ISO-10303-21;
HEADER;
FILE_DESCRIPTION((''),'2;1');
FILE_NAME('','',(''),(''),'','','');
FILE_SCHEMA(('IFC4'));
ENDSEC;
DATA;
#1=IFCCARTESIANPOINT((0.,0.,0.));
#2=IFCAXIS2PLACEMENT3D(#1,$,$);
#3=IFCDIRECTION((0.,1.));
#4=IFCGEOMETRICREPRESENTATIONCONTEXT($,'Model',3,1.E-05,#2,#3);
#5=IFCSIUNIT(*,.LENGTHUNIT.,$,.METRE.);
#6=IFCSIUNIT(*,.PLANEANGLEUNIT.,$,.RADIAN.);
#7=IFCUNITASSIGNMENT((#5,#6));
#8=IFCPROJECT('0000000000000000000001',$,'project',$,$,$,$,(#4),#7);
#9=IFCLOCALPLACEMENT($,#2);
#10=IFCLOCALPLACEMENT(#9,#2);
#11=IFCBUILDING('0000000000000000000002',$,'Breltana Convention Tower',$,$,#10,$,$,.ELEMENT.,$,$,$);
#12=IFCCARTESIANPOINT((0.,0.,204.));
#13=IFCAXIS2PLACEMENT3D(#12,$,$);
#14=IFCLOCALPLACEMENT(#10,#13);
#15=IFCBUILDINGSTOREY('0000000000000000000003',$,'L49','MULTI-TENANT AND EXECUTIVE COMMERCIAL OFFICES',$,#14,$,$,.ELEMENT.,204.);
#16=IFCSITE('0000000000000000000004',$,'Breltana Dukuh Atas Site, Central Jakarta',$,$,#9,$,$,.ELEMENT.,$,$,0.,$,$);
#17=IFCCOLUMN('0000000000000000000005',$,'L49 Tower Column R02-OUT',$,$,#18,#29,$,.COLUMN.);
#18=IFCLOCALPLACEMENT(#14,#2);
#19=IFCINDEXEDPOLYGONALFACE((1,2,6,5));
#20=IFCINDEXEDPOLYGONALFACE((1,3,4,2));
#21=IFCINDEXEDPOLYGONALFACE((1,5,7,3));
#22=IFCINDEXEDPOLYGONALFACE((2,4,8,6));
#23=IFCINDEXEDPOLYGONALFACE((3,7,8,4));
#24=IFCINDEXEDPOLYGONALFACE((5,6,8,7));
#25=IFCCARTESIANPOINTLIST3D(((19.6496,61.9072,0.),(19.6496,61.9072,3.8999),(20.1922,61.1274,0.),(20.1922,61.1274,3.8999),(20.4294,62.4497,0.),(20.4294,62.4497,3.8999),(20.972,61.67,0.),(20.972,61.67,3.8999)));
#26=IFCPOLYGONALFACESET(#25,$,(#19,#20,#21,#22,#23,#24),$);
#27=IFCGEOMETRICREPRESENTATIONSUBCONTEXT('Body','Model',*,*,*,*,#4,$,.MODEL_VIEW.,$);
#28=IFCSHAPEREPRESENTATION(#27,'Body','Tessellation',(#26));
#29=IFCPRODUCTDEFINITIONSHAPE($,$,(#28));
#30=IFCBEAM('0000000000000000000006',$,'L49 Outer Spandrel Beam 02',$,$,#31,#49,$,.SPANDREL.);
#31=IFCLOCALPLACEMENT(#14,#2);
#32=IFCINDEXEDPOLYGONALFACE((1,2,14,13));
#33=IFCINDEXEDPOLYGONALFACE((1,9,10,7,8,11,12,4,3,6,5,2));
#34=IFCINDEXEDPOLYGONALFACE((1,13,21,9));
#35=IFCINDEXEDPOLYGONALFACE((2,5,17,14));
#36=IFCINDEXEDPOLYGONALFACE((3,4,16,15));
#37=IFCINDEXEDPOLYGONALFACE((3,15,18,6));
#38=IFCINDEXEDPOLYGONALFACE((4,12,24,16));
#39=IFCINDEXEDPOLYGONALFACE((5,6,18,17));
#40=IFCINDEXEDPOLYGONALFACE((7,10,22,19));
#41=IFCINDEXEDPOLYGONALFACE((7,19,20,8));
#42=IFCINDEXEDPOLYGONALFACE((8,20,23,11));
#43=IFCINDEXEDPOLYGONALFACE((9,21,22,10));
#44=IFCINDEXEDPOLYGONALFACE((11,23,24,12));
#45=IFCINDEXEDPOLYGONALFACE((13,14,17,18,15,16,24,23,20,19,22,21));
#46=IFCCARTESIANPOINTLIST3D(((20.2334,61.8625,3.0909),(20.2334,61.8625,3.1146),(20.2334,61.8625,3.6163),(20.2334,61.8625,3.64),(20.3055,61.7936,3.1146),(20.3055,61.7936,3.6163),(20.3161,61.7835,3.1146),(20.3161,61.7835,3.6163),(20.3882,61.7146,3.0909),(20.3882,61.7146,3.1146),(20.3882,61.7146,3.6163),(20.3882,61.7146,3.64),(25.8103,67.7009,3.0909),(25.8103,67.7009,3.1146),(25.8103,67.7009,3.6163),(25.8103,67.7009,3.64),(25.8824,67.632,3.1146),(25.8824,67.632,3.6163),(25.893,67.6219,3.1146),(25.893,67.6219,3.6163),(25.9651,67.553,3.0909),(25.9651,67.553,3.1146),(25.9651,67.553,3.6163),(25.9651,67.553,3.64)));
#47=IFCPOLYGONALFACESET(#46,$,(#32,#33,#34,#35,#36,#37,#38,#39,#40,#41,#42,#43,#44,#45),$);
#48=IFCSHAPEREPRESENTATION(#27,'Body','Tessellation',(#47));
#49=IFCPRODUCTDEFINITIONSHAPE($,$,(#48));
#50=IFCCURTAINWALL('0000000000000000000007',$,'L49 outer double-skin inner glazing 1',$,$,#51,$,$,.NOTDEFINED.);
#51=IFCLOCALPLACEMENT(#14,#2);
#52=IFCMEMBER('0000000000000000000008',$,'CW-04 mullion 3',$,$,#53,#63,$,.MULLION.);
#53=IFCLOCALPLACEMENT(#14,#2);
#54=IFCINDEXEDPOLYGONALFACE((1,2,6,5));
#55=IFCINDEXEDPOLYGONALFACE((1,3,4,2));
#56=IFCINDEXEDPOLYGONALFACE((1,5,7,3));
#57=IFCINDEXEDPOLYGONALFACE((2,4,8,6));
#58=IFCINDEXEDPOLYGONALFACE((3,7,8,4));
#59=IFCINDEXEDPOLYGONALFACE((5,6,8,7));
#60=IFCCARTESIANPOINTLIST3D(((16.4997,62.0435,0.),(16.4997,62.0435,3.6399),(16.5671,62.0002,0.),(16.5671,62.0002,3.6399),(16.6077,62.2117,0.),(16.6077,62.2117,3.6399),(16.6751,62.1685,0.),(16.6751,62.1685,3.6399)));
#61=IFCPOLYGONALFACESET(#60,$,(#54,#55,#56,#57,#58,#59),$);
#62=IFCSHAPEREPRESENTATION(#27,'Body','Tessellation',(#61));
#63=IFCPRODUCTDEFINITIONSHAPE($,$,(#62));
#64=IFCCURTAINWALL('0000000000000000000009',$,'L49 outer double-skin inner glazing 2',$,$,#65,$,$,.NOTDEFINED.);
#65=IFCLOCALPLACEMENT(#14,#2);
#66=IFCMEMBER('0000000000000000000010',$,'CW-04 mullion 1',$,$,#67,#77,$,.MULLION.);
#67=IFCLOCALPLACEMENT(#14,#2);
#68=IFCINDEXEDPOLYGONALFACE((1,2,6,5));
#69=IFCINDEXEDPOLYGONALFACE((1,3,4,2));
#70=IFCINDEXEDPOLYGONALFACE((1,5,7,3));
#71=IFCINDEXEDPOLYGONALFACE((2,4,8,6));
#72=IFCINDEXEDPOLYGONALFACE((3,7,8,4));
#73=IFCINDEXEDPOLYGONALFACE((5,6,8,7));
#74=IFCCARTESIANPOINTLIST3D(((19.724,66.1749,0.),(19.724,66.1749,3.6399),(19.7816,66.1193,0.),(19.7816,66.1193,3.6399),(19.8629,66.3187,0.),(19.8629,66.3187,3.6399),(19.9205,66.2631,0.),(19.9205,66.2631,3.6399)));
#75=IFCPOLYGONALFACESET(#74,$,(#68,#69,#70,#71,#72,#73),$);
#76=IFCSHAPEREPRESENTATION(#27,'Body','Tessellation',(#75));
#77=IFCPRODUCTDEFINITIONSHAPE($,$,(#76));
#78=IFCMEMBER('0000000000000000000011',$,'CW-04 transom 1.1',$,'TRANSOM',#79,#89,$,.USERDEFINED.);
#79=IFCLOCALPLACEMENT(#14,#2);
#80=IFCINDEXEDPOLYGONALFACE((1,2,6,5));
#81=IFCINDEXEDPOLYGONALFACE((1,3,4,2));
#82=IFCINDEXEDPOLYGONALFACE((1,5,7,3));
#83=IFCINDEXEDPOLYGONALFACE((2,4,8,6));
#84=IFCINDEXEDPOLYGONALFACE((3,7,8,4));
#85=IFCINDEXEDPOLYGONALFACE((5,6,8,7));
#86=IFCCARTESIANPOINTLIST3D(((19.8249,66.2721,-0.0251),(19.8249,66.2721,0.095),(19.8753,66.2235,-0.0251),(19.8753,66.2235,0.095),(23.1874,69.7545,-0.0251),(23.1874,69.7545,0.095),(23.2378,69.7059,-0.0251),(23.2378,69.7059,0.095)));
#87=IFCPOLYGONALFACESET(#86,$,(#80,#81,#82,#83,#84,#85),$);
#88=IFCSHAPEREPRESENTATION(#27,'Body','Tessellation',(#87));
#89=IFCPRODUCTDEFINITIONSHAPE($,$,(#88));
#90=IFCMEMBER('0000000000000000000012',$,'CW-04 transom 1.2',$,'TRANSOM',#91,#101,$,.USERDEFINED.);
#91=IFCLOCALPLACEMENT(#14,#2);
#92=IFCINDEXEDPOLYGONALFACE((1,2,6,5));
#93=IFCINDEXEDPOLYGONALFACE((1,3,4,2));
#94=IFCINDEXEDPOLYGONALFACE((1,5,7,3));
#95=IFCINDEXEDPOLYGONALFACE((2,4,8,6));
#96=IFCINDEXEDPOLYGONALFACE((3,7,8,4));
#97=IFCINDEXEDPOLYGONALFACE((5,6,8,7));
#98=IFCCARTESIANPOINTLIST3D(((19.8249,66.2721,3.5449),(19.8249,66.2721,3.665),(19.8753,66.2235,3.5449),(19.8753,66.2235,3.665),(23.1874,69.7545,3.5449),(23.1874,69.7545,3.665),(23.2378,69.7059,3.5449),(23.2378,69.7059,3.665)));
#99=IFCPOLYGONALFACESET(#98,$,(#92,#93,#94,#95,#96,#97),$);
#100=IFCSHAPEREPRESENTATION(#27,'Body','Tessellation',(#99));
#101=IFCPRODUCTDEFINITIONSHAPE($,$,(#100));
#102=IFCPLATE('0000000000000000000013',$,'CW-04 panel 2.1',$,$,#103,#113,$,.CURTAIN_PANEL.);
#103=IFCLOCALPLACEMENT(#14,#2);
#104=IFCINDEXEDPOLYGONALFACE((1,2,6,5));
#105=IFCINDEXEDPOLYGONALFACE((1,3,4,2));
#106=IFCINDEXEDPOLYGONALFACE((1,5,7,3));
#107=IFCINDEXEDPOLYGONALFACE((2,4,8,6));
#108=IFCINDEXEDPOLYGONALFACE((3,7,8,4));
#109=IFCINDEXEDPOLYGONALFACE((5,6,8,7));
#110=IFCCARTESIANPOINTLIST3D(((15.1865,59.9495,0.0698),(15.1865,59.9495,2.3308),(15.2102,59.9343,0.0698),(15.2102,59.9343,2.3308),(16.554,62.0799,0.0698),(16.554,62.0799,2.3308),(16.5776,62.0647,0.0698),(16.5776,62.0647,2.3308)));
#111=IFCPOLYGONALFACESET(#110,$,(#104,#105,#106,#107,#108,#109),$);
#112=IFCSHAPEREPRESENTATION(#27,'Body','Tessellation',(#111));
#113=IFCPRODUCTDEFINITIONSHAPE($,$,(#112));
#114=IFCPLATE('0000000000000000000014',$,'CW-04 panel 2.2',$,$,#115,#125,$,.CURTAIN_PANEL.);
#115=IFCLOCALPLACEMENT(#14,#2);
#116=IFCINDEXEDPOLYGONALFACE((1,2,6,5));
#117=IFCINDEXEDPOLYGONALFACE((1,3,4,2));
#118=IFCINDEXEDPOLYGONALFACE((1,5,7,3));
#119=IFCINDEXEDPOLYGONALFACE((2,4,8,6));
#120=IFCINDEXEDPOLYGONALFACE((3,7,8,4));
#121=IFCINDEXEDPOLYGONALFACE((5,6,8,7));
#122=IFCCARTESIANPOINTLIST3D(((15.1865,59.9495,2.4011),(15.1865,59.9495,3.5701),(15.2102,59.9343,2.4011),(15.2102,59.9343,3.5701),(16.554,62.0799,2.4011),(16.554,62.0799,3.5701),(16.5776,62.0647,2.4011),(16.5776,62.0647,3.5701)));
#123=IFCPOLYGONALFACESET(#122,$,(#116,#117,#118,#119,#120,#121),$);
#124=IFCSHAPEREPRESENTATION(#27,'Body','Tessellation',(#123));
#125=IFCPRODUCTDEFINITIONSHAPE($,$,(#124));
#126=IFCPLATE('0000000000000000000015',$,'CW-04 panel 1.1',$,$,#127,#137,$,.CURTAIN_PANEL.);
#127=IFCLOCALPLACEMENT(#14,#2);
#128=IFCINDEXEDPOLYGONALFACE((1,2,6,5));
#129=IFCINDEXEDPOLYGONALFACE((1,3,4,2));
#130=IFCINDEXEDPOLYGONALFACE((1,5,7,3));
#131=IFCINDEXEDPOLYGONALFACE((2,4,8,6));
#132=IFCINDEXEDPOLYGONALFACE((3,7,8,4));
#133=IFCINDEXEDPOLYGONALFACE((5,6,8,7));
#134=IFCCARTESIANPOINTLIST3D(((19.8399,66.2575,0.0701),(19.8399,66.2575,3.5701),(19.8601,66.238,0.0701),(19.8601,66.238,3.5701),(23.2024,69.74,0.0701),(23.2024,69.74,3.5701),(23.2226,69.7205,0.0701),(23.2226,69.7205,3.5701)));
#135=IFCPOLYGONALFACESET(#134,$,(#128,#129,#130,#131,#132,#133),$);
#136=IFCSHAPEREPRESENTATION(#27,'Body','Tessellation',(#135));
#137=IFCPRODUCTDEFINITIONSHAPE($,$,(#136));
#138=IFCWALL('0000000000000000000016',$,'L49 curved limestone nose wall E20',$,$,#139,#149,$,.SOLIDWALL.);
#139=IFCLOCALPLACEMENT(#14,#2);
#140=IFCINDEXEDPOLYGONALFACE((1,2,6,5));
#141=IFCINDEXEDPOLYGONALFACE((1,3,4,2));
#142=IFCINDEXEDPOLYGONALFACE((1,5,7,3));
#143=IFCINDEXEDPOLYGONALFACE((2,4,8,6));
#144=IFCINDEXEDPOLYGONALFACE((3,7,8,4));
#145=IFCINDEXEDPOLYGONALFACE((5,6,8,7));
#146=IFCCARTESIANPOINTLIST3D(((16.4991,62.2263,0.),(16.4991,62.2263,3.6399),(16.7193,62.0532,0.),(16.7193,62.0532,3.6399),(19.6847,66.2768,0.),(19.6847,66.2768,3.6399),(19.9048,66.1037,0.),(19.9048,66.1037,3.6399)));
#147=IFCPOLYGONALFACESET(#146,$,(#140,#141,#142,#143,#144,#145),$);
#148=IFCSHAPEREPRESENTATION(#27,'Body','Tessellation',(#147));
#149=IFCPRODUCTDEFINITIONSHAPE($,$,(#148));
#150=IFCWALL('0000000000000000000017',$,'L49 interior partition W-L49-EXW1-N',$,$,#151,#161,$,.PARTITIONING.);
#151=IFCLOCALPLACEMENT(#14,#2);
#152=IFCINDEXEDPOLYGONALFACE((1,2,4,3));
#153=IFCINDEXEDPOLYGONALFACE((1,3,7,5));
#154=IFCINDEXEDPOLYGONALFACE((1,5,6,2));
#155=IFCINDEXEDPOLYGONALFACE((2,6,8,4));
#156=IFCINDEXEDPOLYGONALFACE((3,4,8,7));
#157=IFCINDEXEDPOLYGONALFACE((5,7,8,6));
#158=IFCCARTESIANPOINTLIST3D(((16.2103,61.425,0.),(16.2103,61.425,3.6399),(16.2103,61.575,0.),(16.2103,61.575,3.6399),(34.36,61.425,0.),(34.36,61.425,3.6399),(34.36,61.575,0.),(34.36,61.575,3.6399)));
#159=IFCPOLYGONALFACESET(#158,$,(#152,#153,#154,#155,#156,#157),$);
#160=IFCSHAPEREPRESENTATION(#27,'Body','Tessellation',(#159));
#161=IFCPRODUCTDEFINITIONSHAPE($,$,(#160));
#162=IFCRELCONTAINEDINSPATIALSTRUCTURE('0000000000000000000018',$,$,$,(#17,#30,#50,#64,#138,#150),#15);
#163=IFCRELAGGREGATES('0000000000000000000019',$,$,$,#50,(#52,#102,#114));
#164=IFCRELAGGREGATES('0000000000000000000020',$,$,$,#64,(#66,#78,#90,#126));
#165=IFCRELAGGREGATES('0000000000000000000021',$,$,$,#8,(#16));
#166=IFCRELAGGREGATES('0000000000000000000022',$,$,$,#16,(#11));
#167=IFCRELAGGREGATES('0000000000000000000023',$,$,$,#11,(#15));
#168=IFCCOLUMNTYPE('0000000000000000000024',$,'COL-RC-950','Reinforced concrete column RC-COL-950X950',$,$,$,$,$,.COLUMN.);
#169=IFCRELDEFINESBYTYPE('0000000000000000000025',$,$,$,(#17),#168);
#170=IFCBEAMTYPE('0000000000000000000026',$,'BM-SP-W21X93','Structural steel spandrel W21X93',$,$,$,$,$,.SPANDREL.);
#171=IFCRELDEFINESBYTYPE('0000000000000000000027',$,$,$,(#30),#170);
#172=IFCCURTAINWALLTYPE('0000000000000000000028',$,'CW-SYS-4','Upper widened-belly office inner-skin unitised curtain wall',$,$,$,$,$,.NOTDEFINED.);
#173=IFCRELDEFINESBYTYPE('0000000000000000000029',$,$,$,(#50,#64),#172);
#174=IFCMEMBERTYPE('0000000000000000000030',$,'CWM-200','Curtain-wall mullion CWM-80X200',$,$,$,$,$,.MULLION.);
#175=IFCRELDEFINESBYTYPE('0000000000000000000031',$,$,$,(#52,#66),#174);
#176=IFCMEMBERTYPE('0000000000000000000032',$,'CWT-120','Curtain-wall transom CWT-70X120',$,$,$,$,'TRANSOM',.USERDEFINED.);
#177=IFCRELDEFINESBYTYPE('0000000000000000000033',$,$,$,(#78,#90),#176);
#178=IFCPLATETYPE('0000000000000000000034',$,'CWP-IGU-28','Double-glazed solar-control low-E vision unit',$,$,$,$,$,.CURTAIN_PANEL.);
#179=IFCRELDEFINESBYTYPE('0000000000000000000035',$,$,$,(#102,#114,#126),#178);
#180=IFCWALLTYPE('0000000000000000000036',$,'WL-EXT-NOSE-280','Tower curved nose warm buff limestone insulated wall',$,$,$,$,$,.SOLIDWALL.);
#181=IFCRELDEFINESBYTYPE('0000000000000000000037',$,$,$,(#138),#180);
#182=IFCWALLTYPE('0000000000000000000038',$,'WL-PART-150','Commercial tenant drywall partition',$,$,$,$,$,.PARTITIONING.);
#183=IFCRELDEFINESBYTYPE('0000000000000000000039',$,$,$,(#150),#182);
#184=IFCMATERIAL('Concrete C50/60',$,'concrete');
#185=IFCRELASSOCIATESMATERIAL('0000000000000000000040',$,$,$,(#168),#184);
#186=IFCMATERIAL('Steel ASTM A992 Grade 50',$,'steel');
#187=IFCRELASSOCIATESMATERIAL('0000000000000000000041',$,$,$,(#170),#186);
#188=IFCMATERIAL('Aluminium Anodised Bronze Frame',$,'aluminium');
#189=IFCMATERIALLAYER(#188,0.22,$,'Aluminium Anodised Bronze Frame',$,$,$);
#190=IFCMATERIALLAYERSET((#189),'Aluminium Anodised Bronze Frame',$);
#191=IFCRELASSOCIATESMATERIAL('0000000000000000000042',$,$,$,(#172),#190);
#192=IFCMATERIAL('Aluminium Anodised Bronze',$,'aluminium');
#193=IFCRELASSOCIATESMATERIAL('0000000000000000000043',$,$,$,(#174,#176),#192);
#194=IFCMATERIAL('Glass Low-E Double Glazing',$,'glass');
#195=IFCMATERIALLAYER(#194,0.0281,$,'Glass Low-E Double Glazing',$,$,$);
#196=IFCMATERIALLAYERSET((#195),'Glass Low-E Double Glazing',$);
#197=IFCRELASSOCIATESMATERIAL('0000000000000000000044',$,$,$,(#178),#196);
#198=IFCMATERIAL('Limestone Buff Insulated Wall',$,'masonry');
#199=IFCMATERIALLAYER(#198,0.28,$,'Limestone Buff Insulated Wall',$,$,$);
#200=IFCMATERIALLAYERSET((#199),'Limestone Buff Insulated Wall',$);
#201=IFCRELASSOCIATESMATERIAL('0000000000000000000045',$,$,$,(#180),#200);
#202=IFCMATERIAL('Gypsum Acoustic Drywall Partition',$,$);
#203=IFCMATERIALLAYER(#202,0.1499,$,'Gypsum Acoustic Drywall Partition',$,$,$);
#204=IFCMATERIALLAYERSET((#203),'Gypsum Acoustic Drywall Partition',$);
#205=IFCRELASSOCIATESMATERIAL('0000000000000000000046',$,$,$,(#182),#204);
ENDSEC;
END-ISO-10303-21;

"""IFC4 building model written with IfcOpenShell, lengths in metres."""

from ifc_helpers import new_model, si_unit, direction, frame, frame_2d, origin, origin_2d, place, context, subcontext, project, spatial, rectangle, i_section, extrude, source, transform, mapped, material, layer, layer_set, material_profile, profile_set, type_object, element, aggregate, save


model = new_model("IFC4")

# Units and contexts
model_context = context("Model", 3, precision=1e-05, world=origin(), true_north=direction((0.0, 1.0)))
body_context = subcontext(model_context, "Body", "Model", "MODEL_VIEW")
ifc_project = project(units=[si_unit("LENGTHUNIT", "METRE"), si_unit("PLANEANGLEUNIT", "RADIAN")], contexts=[model_context])

# Site, building, storey
site_placement = place(None, origin())
site = spatial("IfcSite", under=ifc_project, at=site_placement, Name="Breltana Dukuh Atas Site, Central Jakarta", CompositionType="ELEMENT", RefElevation=0.0)
building_placement = place(site_placement, origin())
building = spatial("IfcBuilding", under=site, at=building_placement, Name="Breltana Convention Tower", CompositionType="ELEMENT")
storey_placement = place(building_placement, frame((0.0, 0.0, 204.0)))
storey = spatial("IfcBuildingStorey", under=building, at=storey_placement, Name="L49", Description="MULTI-TENANT AND EXECUTIVE COMMERCIAL OFFICES", CompositionType="ELEMENT", Elevation=204.0)

# Column
ifc_material_1 = material(Name="Concrete C50/60", Category="concrete")
ifc_material_profile_1 = material_profile(ifc_material_1, rectangle(XDim=0.95, YDim=0.95, at=origin_2d()), Name="RC-COL-950X950")
ifc_profile_set_1 = profile_set([ifc_material_profile_1], Name="Concrete C50/60")
column_type = type_object("IfcColumnType", Name="COL-RC-950", Description="Reinforced concrete column RC-COL-950X950", PredefinedType="COLUMN", material=ifc_profile_set_1)
shared_shape_1 = source(origin(), body_context, "Body", "SweptSolid", [
    extrude(rectangle(XDim=0.95, YDim=0.95, at=origin_2d()), origin(), (0.0, 0.0, 1.0), 3.8999),
])
column_placement = place(storey_placement, frame((20.3108, 61.7886, 0.0), z_axis=(0.0, 0.0, 1.0), x_axis=(-0.571143, 0.82085, 0.0)))
element("IfcColumn", 1, at=column_placement, inside=storey, type_object=column_type, Name="L49 Tower Column R02-OUT", PredefinedType="COLUMN", context=body_context, shape_type="MappedRepresentation", body=[
    mapped(shared_shape_1, transform((0.0, 0.0, 0.0), scale=1.0)),
])

# Beam
ifc_material_2 = material(Name="Steel ASTM A992 Grade 50", Category="steel")
ifc_material_profile_2 = material_profile(ifc_material_2, i_section(OverallWidth=0.2141, OverallDepth=0.5491, WebThickness=0.0146, FlangeThickness=0.0237, at=origin_2d()), Name="W21X93")
ifc_profile_set_2 = profile_set([ifc_material_profile_2], Name="Steel ASTM A992 Grade 50")
beam_type = type_object("IfcBeamType", Name="BM-SP-W21X93", Description="Structural steel spandrel W21X93", PredefinedType="SPANDREL", material=ifc_profile_set_2)
shared_shape_2 = source(origin(), body_context, "Body", "SweptSolid", [
    extrude(i_section(OverallWidth=0.2141, OverallDepth=0.5491, WebThickness=0.0146, FlangeThickness=0.0237, at=origin_2d()), origin(), (0.0, 0.0, 1.0), 8.074),
])
beam_placement = place(storey_placement, frame((20.3108, 61.7886, 3.3655), z_axis=(0.690729, 0.723114, 0.0), x_axis=(-0.723114, 0.690729, 0.0)))
element("IfcBeam", 2, at=beam_placement, inside=storey, type_object=beam_type, Name="L49 Outer Spandrel Beam 02", PredefinedType="SPANDREL", context=body_context, shape_type="MappedRepresentation", body=[
    mapped(shared_shape_2, transform((0.0, 0.0, 0.0), scale=1.0)),
])

# Curtain wall, member
ifc_material_3 = material(Name="Aluminium Anodised Bronze Frame", Category="aluminium")
ifc_layer_1 = layer(ifc_material_3, 0.22, Name="Aluminium Anodised Bronze Frame")
ifc_layer_set_1 = layer_set([ifc_layer_1], Name="Aluminium Anodised Bronze Frame")
curtain_wall_type = type_object("IfcCurtainWallType", Name="CW-SYS-4", Description="Upper widened-belly office inner-skin unitised curtain wall", PredefinedType="NOTDEFINED", material=ifc_layer_set_1)
curtain_wall_1_placement = place(storey_placement, origin())
curtain_wall_1 = element("IfcCurtainWall", 3, at=curtain_wall_1_placement, inside=storey, type_object=curtain_wall_type, Name="L49 outer double-skin inner glazing 1", PredefinedType="NOTDEFINED")
ifc_material_4 = material(Name="Aluminium Anodised Bronze", Category="aluminium")
ifc_material_profile_3 = material_profile(ifc_material_4, rectangle(XDim=0.0801, YDim=0.2, at=origin_2d()), Name="CWM-80X200")
ifc_profile_set_3 = profile_set([ifc_material_profile_3], Name="Aluminium Anodised Bronze")
member_type_1 = type_object("IfcMemberType", Name="CWM-200", Description="Curtain-wall mullion CWM-80X200", PredefinedType="MULLION", material=ifc_profile_set_3)
shared_shape_3 = source(origin(), body_context, "Body", "SweptSolid", [
    extrude(rectangle(XDim=0.0801, YDim=0.2, at=origin_2d()), origin(), (0.0, 0.0, 1.0), 3.6399),
])
member_1_placement = place(storey_placement, frame((16.5874, 62.106, 0.0), z_axis=(0.0, 0.0, 1.0), x_axis=(-0.841548, 0.540182, 0.0)))
member_1 = element("IfcMember", 4, at=member_1_placement, type_object=member_type_1, Name="CW-04 mullion 3", PredefinedType="MULLION", context=body_context, shape_type="MappedRepresentation", body=[
    mapped(shared_shape_3, transform((0.0, 0.0, 0.0), scale=1.0)),
])

# Curtain wall, members
curtain_wall_2_placement = place(storey_placement, origin())
curtain_wall_2 = element("IfcCurtainWall", 5, at=curtain_wall_2_placement, inside=storey, type_object=curtain_wall_type, Name="L49 outer double-skin inner glazing 2", PredefinedType="NOTDEFINED")
member_2_placement = place(storey_placement, frame((19.8223, 66.219, 0.0), z_axis=(0.0, 0.0, 1.0), x_axis=(-0.719396, 0.6946, 0.0)))
member_2 = element("IfcMember", 6, at=member_2_placement, type_object=member_type_1, Name="CW-04 mullion 1", PredefinedType="MULLION", context=body_context, shape_type="MappedRepresentation", body=[
    mapped(shared_shape_3, transform((0.0, 0.0, 0.0), scale=1.0)),
])
ifc_material_profile_4 = material_profile(ifc_material_4, rectangle(XDim=0.0701, YDim=0.1201, at=origin_2d()), Name="CWT-70X120")
ifc_profile_set_4 = profile_set([ifc_material_profile_4], Name="Aluminium Anodised Bronze")
member_type_2 = type_object("IfcMemberType", Name="CWT-120", Description="Curtain-wall transom CWT-70X120", ElementType="TRANSOM", PredefinedType="USERDEFINED", material=ifc_profile_set_4)
shared_shape_4 = source(origin(), body_context, "Body", "SweptSolid", [
    extrude(rectangle(XDim=0.0701, YDim=0.1201, at=origin_2d()), origin(), (0.0, 0.0, 1.0), 4.8408),
])
member_3_placement = place(storey_placement, frame((19.8501, 66.2478, 0.0349), z_axis=(0.694617, 0.71938, 0.0), x_axis=(-0.71938, 0.694617, 0.0)))
member_3 = element("IfcMember", 7, at=member_3_placement, type_object=member_type_2, Name="CW-04 transom 1.1", ObjectType="TRANSOM", PredefinedType="USERDEFINED", context=body_context, shape_type="MappedRepresentation", body=[
    mapped(shared_shape_4, transform((0.0, 0.0, 0.0), scale=1.0)),
])
member_4_placement = place(storey_placement, frame((19.8501, 66.2478, 3.605), z_axis=(0.694617, 0.71938, 0.0), x_axis=(-0.71938, 0.694617, 0.0)))
member_4 = element("IfcMember", 8, at=member_4_placement, type_object=member_type_2, Name="CW-04 transom 1.2", ObjectType="TRANSOM", PredefinedType="USERDEFINED", context=body_context, shape_type="MappedRepresentation", body=[
    mapped(shared_shape_4, transform((0.0, 0.0, 0.0), scale=1.0)),
])

# Plates
ifc_material_5 = material(Name="Glass Low-E Double Glazing", Category="glass")
ifc_layer_2 = layer(ifc_material_5, 0.0281, Name="Glass Low-E Double Glazing")
ifc_layer_set_2 = layer_set([ifc_layer_2], Name="Glass Low-E Double Glazing")
plate_type = type_object("IfcPlateType", Name="CWP-IGU-28", Description="Double-glazed solar-control low-E vision unit", PredefinedType="CURTAIN_PANEL", material=ifc_layer_set_2)
shared_shape_5 = source(origin(), body_context, "Body", "SweptSolid", [
    extrude(rectangle(XDim=2.5315, YDim=0.0281, at=origin_2d()), origin(), (0.0, 0.0, 1.0), 2.261),
])
plate_1_placement = place(storey_placement, frame((15.8821, 61.0071, 0.0698), z_axis=(0.0, 0.0, 1.0), x_axis=(0.540182, 0.841548, 0.0)))
plate_1 = element("IfcPlate", 9, at=plate_1_placement, type_object=plate_type, Name="CW-04 panel 2.1", PredefinedType="CURTAIN_PANEL", context=body_context, shape_type="MappedRepresentation", body=[
    mapped(shared_shape_5, transform((0.0, 0.0, 0.0), scale=1.0)),
])
shared_shape_6 = source(origin(), body_context, "Body", "SweptSolid", [
    extrude(rectangle(XDim=2.5315, YDim=0.0281, at=origin_2d()), origin(), (0.0, 0.0, 1.0), 1.1689),
])
plate_2_placement = place(storey_placement, frame((15.8821, 61.0071, 2.4011), z_axis=(0.0, 0.0, 1.0), x_axis=(0.540182, 0.841548, 0.0)))
plate_2 = element("IfcPlate", 10, at=plate_2_placement, type_object=plate_type, Name="CW-04 panel 2.2", PredefinedType="CURTAIN_PANEL", context=body_context, shape_type="MappedRepresentation", body=[
    mapped(shared_shape_6, transform((0.0, 0.0, 0.0), scale=1.0)),
])
aggregate(curtain_wall_1, [member_1, plate_1, plate_2])
shared_shape_7 = source(origin(), body_context, "Body", "SweptSolid", [
    extrude(rectangle(XDim=4.8408, YDim=0.0281, at=origin_2d()), origin(), (0.0, 0.0, 1.0), 3.5),
])
plate_3_placement = place(storey_placement, frame((21.5312, 67.989, 0.0701), z_axis=(0.0, 0.0, 1.0), x_axis=(0.6946, 0.719396, 0.0)))
plate_3 = element("IfcPlate", 11, at=plate_3_placement, type_object=plate_type, Name="CW-04 panel 1.1", PredefinedType="CURTAIN_PANEL", context=body_context, shape_type="MappedRepresentation", body=[
    mapped(shared_shape_7, transform((0.0, 0.0, 0.0), scale=1.0)),
])
aggregate(curtain_wall_2, [member_2, member_3, member_4, plate_3])

# Walls
ifc_material_6 = material(Name="Limestone Buff Insulated Wall", Category="masonry")
ifc_layer_3 = layer(ifc_material_6, 0.28, Name="Limestone Buff Insulated Wall")
ifc_layer_set_3 = layer_set([ifc_layer_3], Name="Limestone Buff Insulated Wall")
wall_type_1 = type_object("IfcWallType", Name="WL-EXT-NOSE-280", Description="Tower curved nose warm buff limestone insulated wall", PredefinedType="SOLIDWALL", material=ifc_layer_set_3)
shared_shape_8 = source(origin(), body_context, "Body", "SweptSolid", [
    extrude(rectangle(XDim=5.1531, YDim=0.28, at=frame_2d((2.5767, 0.0))), origin(), (0.0, 0.0, 1.0), 3.6399),
])
wall_1_placement = place(storey_placement, frame((16.6091, 62.1396, 0.0), z_axis=(0.0, 0.0, 1.0), x_axis=(0.618179, 0.786037, 0.0)))
element("IfcWall", 12, at=wall_1_placement, inside=storey, type_object=wall_type_1, Name="L49 curved limestone nose wall E20", PredefinedType="SOLIDWALL", context=body_context, shape_type="MappedRepresentation", body=[
    mapped(shared_shape_8, transform((0.0, 0.0, 0.0), scale=1.0)),
])
ifc_material_7 = material(Name="Gypsum Acoustic Drywall Partition")
ifc_layer_4 = layer(ifc_material_7, 0.1499, Name="Gypsum Acoustic Drywall Partition")
ifc_layer_set_4 = layer_set([ifc_layer_4], Name="Gypsum Acoustic Drywall Partition")
wall_type_2 = type_object("IfcWallType", Name="WL-PART-150", Description="Commercial tenant drywall partition", PredefinedType="PARTITIONING", material=ifc_layer_set_4)
shared_shape_9 = source(origin(), body_context, "Body", "SweptSolid", [
    extrude(rectangle(XDim=18.1497, YDim=0.1499, at=frame_2d((9.0747, 0.0))), origin(), (0.0, 0.0, 1.0), 3.6399),
])
wall_2_placement = place(storey_placement, frame((16.2104, 61.5, 0.0), z_axis=(0.0, 0.0, 1.0), x_axis=(1.0, 0.0, 0.0)))
element("IfcWall", 13, at=wall_2_placement, inside=storey, type_object=wall_type_2, Name="L49 interior partition W-L49-EXW1-N", PredefinedType="PARTITIONING", context=body_context, shape_type="MappedRepresentation", body=[
    mapped(shared_shape_9, transform((0.0, 0.0, 0.0), scale=1.0)),
])

save(model, "model.ifc")
